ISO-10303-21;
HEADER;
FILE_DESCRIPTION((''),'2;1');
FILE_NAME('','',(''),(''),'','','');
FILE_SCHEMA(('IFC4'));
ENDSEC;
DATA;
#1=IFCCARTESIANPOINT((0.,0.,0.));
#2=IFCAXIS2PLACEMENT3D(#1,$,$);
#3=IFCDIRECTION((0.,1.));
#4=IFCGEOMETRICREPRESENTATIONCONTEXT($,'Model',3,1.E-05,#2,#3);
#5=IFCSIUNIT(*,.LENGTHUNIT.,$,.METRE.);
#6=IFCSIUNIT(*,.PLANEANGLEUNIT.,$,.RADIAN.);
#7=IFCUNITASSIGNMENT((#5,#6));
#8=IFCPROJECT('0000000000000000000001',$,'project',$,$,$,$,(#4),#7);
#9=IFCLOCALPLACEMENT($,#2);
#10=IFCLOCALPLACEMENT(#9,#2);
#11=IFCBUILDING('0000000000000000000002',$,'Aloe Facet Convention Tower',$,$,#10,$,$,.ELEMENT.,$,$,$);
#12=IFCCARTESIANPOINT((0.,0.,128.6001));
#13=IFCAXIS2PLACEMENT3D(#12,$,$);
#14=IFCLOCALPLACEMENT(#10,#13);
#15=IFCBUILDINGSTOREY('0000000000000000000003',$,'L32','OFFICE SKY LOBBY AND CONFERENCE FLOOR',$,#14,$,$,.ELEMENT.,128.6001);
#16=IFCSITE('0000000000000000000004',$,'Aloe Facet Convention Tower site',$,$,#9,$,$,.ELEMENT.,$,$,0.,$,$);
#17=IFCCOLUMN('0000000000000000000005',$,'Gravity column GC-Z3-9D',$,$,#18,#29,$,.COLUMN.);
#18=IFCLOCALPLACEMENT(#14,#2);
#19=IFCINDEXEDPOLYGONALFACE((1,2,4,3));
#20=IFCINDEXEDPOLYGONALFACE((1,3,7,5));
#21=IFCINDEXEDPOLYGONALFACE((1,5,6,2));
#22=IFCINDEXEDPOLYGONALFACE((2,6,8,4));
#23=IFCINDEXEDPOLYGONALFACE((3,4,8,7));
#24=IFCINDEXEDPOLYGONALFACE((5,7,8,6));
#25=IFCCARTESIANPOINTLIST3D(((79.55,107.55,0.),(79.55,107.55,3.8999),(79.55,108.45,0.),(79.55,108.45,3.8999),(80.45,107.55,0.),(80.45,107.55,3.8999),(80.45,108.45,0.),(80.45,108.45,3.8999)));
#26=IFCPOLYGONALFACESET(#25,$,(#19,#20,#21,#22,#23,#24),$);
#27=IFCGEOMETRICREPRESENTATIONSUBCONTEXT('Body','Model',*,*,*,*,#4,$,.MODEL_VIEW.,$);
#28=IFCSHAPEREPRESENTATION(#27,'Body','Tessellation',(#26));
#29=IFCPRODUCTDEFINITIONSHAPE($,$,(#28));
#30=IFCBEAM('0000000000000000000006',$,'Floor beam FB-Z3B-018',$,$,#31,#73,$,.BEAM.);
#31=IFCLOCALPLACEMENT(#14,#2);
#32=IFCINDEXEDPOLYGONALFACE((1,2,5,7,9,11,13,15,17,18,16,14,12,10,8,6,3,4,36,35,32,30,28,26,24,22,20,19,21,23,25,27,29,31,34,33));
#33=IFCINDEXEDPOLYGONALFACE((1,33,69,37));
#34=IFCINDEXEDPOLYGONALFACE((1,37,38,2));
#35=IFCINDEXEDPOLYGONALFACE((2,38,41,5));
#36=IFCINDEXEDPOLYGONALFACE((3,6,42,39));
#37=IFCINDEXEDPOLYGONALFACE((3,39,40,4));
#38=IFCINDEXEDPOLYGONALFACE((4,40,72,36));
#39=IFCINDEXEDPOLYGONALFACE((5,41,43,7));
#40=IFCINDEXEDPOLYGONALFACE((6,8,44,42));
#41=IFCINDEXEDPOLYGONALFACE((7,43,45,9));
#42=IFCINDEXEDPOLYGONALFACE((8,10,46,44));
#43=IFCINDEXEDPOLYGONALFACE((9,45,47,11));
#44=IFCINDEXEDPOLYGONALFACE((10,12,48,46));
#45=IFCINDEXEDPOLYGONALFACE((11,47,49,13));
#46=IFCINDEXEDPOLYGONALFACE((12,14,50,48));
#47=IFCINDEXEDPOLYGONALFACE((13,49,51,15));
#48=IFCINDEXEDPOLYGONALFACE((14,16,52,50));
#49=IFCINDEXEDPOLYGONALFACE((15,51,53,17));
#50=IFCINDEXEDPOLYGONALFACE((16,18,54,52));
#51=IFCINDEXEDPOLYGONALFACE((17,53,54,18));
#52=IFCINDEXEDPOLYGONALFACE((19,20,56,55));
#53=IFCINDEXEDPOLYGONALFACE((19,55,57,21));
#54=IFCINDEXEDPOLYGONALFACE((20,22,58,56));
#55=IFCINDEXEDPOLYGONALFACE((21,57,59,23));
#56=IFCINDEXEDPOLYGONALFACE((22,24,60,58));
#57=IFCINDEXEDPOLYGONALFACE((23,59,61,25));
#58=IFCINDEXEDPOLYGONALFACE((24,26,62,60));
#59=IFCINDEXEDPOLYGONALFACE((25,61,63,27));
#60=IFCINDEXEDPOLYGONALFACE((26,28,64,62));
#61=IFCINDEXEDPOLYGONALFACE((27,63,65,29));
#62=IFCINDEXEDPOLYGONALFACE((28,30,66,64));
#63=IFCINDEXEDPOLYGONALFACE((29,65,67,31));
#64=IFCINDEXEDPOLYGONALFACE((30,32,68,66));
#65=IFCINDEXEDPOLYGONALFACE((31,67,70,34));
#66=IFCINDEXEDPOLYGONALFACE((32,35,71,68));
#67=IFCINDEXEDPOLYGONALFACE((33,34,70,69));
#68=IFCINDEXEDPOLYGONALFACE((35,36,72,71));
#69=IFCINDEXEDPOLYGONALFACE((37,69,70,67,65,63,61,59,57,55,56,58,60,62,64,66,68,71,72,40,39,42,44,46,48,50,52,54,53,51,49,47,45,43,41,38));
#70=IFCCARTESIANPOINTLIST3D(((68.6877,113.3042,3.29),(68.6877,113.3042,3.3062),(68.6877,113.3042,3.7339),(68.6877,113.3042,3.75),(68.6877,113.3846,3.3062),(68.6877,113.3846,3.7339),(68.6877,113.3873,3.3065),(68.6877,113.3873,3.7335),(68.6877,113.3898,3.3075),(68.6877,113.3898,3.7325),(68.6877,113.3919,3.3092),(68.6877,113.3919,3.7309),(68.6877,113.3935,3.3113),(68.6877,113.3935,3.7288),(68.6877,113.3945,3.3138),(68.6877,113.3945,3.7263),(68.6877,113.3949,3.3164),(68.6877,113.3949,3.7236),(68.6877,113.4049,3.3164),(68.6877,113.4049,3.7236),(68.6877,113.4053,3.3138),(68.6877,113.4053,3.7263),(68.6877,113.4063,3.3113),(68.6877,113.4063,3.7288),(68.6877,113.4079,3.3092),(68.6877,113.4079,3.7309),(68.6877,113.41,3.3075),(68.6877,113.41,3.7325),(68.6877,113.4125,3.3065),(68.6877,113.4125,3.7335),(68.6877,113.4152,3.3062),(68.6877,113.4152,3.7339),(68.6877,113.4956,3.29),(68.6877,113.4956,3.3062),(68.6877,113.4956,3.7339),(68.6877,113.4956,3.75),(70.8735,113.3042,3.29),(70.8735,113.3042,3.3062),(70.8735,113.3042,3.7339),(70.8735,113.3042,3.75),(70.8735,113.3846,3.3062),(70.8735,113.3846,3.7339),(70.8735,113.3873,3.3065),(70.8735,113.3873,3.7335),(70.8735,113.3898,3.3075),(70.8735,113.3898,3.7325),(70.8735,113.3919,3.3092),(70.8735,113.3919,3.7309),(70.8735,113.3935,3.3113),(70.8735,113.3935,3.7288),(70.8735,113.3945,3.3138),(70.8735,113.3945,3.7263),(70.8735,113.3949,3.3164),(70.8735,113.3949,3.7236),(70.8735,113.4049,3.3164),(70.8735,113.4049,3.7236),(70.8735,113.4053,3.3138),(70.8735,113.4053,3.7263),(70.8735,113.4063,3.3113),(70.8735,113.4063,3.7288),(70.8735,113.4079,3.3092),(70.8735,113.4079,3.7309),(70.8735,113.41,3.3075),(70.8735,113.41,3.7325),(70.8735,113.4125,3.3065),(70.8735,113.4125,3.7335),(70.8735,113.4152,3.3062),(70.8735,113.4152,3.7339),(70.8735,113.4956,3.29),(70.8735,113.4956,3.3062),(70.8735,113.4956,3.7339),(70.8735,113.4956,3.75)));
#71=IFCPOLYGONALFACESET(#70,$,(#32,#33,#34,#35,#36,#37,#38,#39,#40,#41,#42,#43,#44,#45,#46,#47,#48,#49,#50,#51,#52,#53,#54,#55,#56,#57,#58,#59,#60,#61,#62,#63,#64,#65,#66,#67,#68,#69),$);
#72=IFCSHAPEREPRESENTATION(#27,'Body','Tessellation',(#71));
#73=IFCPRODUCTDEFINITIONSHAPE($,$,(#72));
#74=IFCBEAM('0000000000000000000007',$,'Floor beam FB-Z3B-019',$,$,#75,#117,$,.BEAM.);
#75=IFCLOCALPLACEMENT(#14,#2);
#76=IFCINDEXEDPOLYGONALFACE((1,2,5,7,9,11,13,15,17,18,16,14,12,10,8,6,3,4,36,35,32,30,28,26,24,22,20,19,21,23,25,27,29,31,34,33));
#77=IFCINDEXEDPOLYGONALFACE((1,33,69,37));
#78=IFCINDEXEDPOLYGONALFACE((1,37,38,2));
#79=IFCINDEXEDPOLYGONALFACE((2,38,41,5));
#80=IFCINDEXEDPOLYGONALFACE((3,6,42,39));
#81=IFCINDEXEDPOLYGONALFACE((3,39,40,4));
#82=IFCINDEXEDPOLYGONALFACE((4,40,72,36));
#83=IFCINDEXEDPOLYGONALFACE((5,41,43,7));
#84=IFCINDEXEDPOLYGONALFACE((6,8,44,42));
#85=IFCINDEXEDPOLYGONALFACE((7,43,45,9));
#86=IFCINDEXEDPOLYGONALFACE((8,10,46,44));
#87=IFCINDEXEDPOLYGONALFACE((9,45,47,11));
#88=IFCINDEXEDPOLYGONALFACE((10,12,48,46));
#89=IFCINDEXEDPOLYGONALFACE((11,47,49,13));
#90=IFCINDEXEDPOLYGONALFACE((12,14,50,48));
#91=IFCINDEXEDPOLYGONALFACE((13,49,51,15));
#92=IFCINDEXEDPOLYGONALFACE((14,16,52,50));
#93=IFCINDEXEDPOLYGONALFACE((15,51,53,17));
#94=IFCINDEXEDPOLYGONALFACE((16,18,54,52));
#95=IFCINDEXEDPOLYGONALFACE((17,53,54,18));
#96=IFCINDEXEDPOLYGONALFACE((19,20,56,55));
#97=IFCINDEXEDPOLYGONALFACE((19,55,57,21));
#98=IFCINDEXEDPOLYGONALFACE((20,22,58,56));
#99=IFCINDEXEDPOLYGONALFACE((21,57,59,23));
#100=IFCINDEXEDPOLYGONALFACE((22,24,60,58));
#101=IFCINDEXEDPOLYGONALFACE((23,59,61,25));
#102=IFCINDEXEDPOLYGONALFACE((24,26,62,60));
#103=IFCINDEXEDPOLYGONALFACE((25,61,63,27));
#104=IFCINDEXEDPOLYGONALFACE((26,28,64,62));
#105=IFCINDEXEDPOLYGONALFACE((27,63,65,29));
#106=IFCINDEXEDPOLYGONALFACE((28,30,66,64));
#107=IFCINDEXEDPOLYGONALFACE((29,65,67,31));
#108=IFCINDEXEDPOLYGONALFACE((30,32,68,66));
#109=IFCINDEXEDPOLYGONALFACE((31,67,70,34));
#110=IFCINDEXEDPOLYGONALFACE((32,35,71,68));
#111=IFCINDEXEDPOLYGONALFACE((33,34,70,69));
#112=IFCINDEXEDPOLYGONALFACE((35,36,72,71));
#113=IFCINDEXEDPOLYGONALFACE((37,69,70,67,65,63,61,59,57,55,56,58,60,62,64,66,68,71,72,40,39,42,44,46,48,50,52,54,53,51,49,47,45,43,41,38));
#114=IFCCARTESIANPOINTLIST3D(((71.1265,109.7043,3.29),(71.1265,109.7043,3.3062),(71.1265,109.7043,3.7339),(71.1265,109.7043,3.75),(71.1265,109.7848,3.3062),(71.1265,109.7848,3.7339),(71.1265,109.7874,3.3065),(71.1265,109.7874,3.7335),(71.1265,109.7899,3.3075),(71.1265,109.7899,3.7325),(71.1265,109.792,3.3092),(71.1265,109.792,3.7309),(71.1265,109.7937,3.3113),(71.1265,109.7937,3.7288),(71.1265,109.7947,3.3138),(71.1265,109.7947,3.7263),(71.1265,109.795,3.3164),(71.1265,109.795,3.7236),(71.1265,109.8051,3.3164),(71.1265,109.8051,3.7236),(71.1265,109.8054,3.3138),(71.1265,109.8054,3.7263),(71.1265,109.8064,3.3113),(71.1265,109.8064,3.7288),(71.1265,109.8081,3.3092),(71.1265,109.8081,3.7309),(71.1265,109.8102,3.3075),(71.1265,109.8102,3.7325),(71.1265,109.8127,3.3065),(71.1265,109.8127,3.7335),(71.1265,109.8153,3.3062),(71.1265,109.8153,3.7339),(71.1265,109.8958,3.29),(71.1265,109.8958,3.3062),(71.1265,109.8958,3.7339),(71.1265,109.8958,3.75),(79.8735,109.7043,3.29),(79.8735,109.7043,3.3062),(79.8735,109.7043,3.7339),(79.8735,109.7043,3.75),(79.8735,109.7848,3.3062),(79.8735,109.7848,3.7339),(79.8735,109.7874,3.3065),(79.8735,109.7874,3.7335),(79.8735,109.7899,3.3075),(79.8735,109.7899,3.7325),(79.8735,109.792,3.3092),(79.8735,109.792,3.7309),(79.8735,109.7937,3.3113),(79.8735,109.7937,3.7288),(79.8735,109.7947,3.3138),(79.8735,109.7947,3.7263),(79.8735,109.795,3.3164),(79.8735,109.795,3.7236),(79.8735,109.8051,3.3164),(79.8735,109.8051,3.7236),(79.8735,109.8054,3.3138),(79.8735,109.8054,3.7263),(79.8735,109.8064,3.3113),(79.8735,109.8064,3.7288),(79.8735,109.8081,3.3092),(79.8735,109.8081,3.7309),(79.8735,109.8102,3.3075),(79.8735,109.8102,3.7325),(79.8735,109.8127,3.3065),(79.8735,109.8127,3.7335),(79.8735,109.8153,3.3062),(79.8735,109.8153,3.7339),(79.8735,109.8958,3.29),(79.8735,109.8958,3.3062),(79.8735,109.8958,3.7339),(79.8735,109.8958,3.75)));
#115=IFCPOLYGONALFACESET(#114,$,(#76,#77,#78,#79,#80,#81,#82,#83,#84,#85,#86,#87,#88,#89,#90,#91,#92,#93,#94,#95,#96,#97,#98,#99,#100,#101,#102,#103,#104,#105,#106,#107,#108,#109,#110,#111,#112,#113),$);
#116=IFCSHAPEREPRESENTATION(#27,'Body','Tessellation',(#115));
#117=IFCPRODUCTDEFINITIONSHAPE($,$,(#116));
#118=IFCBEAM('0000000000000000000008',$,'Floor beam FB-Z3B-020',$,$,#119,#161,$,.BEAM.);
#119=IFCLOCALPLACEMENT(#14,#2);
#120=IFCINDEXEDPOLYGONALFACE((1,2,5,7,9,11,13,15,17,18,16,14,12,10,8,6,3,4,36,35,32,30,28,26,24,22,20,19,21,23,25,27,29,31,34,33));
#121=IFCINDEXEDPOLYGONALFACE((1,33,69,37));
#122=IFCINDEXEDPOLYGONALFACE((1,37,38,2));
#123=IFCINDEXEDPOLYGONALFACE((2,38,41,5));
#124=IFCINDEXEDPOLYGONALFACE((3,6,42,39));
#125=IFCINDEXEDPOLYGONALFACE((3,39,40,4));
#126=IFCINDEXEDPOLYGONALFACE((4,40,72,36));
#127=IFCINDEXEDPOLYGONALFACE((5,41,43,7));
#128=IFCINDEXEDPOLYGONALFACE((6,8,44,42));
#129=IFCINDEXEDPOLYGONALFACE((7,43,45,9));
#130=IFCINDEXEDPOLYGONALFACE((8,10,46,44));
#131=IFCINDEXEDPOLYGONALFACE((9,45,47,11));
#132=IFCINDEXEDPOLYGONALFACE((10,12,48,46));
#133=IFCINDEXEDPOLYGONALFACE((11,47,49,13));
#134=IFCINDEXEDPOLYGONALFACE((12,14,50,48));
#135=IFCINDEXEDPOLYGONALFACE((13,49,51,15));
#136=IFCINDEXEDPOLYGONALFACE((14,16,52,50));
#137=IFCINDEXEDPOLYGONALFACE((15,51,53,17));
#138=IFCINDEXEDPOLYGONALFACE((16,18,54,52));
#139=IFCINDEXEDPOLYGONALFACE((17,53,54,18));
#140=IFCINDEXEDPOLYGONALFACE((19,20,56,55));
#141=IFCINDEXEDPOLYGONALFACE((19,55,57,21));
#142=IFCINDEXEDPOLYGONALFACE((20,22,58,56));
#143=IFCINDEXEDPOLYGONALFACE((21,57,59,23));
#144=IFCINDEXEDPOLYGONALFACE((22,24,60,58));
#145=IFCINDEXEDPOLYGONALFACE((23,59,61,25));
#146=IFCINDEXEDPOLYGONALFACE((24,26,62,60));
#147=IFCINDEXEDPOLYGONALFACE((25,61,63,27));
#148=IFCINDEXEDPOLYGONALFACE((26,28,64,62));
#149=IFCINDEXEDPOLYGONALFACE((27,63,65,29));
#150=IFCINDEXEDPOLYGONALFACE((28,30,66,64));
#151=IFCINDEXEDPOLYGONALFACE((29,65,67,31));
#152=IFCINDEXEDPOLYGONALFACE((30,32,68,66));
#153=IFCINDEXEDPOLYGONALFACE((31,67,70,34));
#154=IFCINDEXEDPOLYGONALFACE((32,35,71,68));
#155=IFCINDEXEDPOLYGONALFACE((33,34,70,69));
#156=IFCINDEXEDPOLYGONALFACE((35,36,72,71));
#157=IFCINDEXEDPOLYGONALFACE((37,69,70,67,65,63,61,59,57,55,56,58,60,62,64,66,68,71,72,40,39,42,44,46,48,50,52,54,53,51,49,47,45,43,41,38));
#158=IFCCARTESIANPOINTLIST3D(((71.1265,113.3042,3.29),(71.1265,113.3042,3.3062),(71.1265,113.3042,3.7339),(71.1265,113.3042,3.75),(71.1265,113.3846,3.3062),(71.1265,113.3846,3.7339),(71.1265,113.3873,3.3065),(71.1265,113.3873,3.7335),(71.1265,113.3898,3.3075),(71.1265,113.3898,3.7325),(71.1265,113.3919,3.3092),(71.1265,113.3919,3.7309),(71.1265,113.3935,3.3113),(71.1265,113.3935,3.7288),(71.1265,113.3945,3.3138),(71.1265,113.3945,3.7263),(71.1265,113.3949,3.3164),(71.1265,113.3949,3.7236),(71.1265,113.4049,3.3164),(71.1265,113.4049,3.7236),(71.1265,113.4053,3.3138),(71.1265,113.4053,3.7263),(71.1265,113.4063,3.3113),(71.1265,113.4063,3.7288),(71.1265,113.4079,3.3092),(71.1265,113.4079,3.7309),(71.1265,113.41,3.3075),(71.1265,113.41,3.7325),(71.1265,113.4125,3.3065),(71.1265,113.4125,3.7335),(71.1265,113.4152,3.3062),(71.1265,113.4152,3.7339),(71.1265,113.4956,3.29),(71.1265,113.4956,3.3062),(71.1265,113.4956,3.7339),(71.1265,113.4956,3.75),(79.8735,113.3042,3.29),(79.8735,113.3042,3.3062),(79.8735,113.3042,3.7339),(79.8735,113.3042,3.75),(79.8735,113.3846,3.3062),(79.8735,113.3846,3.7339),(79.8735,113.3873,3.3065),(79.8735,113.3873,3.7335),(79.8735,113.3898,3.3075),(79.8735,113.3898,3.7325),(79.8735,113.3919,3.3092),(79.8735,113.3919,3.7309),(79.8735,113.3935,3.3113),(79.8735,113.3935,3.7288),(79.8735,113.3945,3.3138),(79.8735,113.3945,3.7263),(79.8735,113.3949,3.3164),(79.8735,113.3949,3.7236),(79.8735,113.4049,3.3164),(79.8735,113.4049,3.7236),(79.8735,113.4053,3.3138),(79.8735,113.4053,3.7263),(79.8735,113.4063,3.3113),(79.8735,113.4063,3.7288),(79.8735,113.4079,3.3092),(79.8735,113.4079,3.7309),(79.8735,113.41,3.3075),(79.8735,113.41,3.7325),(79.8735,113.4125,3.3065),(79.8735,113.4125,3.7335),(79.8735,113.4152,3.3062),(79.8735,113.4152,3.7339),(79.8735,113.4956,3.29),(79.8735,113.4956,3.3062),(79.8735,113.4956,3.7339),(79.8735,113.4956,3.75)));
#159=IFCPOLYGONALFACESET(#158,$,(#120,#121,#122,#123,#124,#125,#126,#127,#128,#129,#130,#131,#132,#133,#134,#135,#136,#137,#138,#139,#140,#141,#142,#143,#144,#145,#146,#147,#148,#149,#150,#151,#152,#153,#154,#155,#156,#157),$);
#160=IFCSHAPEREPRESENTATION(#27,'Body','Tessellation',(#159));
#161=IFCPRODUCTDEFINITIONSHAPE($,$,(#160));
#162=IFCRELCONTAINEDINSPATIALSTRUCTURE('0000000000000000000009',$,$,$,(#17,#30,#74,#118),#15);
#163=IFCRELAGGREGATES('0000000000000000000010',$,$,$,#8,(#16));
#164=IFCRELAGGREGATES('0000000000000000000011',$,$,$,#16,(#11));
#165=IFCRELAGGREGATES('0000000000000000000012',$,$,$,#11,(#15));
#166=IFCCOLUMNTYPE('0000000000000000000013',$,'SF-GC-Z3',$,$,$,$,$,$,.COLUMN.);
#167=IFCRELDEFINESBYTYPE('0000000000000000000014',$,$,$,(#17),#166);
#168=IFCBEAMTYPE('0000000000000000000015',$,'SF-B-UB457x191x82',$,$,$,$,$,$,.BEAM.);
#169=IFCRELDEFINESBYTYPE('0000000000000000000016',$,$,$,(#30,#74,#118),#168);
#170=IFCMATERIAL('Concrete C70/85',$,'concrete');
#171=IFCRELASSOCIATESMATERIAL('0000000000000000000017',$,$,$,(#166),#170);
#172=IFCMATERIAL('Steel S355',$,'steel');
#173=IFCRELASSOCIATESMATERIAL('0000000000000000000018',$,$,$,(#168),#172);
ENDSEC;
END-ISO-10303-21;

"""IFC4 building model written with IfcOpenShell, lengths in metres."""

from ifc_helpers import new_model, si_unit, direction, frame, origin, origin_2d, place, context, subcontext, project, spatial, rectangle, i_section, extrude, material, material_profile, profile_set, type_object, element, save


model = new_model("IFC4")

# Units and contexts
model_context = context("Model", 3, precision=1e-05, world=origin(), true_north=direction((0.0, 1.0)))
body_context = subcontext(model_context, "Body", "Model", "MODEL_VIEW")
ifc_project = project(units=[si_unit("LENGTHUNIT", "METRE"), si_unit("PLANEANGLEUNIT", "RADIAN")], contexts=[model_context])

# Site, building, storey
site_placement = place(None, origin())
site = spatial("IfcSite", under=ifc_project, at=site_placement, Name="Aloe Facet Convention Tower site", CompositionType="ELEMENT", RefElevation=0.0)
building_placement = place(site_placement, origin())
building = spatial("IfcBuilding", under=site, at=building_placement, Name="Aloe Facet Convention Tower", CompositionType="ELEMENT")
storey_placement = place(building_placement, frame((0.0, 0.0, 128.6001)))
storey = spatial("IfcBuildingStorey", under=building, at=storey_placement, Name="L32", Description="OFFICE SKY LOBBY AND CONFERENCE FLOOR", CompositionType="ELEMENT", Elevation=128.6001)

# Column
ifc_material_1 = material(Name="Concrete C70/85", Category="concrete")
ifc_material_profile_1 = material_profile(ifc_material_1, rectangle(XDim=0.8999, YDim=0.8999, at=origin_2d()), Name="SF-GC-Z3")
ifc_profile_set_1 = profile_set([ifc_material_profile_1], Name="Concrete C70/85")
column_type = type_object("IfcColumnType", Name="SF-GC-Z3", PredefinedType="COLUMN", material=ifc_profile_set_1)
column_placement = place(storey_placement, frame((80.0, 108.0, 0.0), z_axis=(0.0, 0.0, 1.0), x_axis=(1.0, 0.0, 0.0)))
element("IfcColumn", 1, at=column_placement, inside=storey, type_object=column_type, Name="Gravity column GC-Z3-9D", PredefinedType="COLUMN", context=body_context, shape_type="SweptSolid", body=[
    extrude(rectangle(XDim=0.8999, YDim=0.8999, at=origin_2d()), origin(), (0.0, 0.0, 1.0), 3.8999),
])

# Beams
ifc_material_2 = material(Name="Steel S355", Category="steel")
ifc_material_profile_2 = material_profile(ifc_material_2, i_section(OverallWidth=0.1914, OverallDepth=0.46, WebThickness=0.01, FlangeThickness=0.0161, FilletRadius=0.0103, at=origin_2d()), Name="UB 457x191x82")
ifc_profile_set_2 = profile_set([ifc_material_profile_2], Name="Steel S355")
beam_type_1 = type_object("IfcBeamType", Name="SF-B-UB457x191x82", PredefinedType="BEAM", material=ifc_profile_set_2)
beam_1_placement = place(storey_placement, frame((68.6877, 113.3999, 3.52), z_axis=(1.0, 0.0, 0.0), x_axis=(0.0, 1.0, 0.0)))
element("IfcBeam", 2, at=beam_1_placement, inside=storey, type_object=beam_type_1, Name="Floor beam FB-Z3B-018", PredefinedType="BEAM", context=body_context, shape_type="SweptSolid", body=[
    extrude(i_section(OverallWidth=0.1914, OverallDepth=0.46, WebThickness=0.01, FlangeThickness=0.0161, FilletRadius=0.0103, at=origin_2d()), origin(), (0.0, 0.0, 1.0), 2.1858),
])
for number, where, z_axis, x_axis, name in (
    (3, (71.1265, 109.8, 3.52), (1.0, 0.0, 0.0), (0.0, 1.0, 0.0), "Floor beam FB-Z3B-019"),
    (4, (71.1265, 113.3999, 3.52), (1.0, 0.0, 0.0), (0.0, 1.0, 0.0), "Floor beam FB-Z3B-020"),
):
    element("IfcBeam", number, at=place(storey_placement, frame(where, z_axis=z_axis, x_axis=x_axis)), inside=storey, type_object=beam_type_1, Name=name, PredefinedType="BEAM", context=body_context, shape_type="SweptSolid", body=[
        extrude(i_section(OverallWidth=0.1914, OverallDepth=0.46, WebThickness=0.01, FlangeThickness=0.0161, FilletRadius=0.0103, at=origin_2d()), origin(), (0.0, 0.0, 1.0), 8.7471),
    ])

save(model, "model.ifc")
